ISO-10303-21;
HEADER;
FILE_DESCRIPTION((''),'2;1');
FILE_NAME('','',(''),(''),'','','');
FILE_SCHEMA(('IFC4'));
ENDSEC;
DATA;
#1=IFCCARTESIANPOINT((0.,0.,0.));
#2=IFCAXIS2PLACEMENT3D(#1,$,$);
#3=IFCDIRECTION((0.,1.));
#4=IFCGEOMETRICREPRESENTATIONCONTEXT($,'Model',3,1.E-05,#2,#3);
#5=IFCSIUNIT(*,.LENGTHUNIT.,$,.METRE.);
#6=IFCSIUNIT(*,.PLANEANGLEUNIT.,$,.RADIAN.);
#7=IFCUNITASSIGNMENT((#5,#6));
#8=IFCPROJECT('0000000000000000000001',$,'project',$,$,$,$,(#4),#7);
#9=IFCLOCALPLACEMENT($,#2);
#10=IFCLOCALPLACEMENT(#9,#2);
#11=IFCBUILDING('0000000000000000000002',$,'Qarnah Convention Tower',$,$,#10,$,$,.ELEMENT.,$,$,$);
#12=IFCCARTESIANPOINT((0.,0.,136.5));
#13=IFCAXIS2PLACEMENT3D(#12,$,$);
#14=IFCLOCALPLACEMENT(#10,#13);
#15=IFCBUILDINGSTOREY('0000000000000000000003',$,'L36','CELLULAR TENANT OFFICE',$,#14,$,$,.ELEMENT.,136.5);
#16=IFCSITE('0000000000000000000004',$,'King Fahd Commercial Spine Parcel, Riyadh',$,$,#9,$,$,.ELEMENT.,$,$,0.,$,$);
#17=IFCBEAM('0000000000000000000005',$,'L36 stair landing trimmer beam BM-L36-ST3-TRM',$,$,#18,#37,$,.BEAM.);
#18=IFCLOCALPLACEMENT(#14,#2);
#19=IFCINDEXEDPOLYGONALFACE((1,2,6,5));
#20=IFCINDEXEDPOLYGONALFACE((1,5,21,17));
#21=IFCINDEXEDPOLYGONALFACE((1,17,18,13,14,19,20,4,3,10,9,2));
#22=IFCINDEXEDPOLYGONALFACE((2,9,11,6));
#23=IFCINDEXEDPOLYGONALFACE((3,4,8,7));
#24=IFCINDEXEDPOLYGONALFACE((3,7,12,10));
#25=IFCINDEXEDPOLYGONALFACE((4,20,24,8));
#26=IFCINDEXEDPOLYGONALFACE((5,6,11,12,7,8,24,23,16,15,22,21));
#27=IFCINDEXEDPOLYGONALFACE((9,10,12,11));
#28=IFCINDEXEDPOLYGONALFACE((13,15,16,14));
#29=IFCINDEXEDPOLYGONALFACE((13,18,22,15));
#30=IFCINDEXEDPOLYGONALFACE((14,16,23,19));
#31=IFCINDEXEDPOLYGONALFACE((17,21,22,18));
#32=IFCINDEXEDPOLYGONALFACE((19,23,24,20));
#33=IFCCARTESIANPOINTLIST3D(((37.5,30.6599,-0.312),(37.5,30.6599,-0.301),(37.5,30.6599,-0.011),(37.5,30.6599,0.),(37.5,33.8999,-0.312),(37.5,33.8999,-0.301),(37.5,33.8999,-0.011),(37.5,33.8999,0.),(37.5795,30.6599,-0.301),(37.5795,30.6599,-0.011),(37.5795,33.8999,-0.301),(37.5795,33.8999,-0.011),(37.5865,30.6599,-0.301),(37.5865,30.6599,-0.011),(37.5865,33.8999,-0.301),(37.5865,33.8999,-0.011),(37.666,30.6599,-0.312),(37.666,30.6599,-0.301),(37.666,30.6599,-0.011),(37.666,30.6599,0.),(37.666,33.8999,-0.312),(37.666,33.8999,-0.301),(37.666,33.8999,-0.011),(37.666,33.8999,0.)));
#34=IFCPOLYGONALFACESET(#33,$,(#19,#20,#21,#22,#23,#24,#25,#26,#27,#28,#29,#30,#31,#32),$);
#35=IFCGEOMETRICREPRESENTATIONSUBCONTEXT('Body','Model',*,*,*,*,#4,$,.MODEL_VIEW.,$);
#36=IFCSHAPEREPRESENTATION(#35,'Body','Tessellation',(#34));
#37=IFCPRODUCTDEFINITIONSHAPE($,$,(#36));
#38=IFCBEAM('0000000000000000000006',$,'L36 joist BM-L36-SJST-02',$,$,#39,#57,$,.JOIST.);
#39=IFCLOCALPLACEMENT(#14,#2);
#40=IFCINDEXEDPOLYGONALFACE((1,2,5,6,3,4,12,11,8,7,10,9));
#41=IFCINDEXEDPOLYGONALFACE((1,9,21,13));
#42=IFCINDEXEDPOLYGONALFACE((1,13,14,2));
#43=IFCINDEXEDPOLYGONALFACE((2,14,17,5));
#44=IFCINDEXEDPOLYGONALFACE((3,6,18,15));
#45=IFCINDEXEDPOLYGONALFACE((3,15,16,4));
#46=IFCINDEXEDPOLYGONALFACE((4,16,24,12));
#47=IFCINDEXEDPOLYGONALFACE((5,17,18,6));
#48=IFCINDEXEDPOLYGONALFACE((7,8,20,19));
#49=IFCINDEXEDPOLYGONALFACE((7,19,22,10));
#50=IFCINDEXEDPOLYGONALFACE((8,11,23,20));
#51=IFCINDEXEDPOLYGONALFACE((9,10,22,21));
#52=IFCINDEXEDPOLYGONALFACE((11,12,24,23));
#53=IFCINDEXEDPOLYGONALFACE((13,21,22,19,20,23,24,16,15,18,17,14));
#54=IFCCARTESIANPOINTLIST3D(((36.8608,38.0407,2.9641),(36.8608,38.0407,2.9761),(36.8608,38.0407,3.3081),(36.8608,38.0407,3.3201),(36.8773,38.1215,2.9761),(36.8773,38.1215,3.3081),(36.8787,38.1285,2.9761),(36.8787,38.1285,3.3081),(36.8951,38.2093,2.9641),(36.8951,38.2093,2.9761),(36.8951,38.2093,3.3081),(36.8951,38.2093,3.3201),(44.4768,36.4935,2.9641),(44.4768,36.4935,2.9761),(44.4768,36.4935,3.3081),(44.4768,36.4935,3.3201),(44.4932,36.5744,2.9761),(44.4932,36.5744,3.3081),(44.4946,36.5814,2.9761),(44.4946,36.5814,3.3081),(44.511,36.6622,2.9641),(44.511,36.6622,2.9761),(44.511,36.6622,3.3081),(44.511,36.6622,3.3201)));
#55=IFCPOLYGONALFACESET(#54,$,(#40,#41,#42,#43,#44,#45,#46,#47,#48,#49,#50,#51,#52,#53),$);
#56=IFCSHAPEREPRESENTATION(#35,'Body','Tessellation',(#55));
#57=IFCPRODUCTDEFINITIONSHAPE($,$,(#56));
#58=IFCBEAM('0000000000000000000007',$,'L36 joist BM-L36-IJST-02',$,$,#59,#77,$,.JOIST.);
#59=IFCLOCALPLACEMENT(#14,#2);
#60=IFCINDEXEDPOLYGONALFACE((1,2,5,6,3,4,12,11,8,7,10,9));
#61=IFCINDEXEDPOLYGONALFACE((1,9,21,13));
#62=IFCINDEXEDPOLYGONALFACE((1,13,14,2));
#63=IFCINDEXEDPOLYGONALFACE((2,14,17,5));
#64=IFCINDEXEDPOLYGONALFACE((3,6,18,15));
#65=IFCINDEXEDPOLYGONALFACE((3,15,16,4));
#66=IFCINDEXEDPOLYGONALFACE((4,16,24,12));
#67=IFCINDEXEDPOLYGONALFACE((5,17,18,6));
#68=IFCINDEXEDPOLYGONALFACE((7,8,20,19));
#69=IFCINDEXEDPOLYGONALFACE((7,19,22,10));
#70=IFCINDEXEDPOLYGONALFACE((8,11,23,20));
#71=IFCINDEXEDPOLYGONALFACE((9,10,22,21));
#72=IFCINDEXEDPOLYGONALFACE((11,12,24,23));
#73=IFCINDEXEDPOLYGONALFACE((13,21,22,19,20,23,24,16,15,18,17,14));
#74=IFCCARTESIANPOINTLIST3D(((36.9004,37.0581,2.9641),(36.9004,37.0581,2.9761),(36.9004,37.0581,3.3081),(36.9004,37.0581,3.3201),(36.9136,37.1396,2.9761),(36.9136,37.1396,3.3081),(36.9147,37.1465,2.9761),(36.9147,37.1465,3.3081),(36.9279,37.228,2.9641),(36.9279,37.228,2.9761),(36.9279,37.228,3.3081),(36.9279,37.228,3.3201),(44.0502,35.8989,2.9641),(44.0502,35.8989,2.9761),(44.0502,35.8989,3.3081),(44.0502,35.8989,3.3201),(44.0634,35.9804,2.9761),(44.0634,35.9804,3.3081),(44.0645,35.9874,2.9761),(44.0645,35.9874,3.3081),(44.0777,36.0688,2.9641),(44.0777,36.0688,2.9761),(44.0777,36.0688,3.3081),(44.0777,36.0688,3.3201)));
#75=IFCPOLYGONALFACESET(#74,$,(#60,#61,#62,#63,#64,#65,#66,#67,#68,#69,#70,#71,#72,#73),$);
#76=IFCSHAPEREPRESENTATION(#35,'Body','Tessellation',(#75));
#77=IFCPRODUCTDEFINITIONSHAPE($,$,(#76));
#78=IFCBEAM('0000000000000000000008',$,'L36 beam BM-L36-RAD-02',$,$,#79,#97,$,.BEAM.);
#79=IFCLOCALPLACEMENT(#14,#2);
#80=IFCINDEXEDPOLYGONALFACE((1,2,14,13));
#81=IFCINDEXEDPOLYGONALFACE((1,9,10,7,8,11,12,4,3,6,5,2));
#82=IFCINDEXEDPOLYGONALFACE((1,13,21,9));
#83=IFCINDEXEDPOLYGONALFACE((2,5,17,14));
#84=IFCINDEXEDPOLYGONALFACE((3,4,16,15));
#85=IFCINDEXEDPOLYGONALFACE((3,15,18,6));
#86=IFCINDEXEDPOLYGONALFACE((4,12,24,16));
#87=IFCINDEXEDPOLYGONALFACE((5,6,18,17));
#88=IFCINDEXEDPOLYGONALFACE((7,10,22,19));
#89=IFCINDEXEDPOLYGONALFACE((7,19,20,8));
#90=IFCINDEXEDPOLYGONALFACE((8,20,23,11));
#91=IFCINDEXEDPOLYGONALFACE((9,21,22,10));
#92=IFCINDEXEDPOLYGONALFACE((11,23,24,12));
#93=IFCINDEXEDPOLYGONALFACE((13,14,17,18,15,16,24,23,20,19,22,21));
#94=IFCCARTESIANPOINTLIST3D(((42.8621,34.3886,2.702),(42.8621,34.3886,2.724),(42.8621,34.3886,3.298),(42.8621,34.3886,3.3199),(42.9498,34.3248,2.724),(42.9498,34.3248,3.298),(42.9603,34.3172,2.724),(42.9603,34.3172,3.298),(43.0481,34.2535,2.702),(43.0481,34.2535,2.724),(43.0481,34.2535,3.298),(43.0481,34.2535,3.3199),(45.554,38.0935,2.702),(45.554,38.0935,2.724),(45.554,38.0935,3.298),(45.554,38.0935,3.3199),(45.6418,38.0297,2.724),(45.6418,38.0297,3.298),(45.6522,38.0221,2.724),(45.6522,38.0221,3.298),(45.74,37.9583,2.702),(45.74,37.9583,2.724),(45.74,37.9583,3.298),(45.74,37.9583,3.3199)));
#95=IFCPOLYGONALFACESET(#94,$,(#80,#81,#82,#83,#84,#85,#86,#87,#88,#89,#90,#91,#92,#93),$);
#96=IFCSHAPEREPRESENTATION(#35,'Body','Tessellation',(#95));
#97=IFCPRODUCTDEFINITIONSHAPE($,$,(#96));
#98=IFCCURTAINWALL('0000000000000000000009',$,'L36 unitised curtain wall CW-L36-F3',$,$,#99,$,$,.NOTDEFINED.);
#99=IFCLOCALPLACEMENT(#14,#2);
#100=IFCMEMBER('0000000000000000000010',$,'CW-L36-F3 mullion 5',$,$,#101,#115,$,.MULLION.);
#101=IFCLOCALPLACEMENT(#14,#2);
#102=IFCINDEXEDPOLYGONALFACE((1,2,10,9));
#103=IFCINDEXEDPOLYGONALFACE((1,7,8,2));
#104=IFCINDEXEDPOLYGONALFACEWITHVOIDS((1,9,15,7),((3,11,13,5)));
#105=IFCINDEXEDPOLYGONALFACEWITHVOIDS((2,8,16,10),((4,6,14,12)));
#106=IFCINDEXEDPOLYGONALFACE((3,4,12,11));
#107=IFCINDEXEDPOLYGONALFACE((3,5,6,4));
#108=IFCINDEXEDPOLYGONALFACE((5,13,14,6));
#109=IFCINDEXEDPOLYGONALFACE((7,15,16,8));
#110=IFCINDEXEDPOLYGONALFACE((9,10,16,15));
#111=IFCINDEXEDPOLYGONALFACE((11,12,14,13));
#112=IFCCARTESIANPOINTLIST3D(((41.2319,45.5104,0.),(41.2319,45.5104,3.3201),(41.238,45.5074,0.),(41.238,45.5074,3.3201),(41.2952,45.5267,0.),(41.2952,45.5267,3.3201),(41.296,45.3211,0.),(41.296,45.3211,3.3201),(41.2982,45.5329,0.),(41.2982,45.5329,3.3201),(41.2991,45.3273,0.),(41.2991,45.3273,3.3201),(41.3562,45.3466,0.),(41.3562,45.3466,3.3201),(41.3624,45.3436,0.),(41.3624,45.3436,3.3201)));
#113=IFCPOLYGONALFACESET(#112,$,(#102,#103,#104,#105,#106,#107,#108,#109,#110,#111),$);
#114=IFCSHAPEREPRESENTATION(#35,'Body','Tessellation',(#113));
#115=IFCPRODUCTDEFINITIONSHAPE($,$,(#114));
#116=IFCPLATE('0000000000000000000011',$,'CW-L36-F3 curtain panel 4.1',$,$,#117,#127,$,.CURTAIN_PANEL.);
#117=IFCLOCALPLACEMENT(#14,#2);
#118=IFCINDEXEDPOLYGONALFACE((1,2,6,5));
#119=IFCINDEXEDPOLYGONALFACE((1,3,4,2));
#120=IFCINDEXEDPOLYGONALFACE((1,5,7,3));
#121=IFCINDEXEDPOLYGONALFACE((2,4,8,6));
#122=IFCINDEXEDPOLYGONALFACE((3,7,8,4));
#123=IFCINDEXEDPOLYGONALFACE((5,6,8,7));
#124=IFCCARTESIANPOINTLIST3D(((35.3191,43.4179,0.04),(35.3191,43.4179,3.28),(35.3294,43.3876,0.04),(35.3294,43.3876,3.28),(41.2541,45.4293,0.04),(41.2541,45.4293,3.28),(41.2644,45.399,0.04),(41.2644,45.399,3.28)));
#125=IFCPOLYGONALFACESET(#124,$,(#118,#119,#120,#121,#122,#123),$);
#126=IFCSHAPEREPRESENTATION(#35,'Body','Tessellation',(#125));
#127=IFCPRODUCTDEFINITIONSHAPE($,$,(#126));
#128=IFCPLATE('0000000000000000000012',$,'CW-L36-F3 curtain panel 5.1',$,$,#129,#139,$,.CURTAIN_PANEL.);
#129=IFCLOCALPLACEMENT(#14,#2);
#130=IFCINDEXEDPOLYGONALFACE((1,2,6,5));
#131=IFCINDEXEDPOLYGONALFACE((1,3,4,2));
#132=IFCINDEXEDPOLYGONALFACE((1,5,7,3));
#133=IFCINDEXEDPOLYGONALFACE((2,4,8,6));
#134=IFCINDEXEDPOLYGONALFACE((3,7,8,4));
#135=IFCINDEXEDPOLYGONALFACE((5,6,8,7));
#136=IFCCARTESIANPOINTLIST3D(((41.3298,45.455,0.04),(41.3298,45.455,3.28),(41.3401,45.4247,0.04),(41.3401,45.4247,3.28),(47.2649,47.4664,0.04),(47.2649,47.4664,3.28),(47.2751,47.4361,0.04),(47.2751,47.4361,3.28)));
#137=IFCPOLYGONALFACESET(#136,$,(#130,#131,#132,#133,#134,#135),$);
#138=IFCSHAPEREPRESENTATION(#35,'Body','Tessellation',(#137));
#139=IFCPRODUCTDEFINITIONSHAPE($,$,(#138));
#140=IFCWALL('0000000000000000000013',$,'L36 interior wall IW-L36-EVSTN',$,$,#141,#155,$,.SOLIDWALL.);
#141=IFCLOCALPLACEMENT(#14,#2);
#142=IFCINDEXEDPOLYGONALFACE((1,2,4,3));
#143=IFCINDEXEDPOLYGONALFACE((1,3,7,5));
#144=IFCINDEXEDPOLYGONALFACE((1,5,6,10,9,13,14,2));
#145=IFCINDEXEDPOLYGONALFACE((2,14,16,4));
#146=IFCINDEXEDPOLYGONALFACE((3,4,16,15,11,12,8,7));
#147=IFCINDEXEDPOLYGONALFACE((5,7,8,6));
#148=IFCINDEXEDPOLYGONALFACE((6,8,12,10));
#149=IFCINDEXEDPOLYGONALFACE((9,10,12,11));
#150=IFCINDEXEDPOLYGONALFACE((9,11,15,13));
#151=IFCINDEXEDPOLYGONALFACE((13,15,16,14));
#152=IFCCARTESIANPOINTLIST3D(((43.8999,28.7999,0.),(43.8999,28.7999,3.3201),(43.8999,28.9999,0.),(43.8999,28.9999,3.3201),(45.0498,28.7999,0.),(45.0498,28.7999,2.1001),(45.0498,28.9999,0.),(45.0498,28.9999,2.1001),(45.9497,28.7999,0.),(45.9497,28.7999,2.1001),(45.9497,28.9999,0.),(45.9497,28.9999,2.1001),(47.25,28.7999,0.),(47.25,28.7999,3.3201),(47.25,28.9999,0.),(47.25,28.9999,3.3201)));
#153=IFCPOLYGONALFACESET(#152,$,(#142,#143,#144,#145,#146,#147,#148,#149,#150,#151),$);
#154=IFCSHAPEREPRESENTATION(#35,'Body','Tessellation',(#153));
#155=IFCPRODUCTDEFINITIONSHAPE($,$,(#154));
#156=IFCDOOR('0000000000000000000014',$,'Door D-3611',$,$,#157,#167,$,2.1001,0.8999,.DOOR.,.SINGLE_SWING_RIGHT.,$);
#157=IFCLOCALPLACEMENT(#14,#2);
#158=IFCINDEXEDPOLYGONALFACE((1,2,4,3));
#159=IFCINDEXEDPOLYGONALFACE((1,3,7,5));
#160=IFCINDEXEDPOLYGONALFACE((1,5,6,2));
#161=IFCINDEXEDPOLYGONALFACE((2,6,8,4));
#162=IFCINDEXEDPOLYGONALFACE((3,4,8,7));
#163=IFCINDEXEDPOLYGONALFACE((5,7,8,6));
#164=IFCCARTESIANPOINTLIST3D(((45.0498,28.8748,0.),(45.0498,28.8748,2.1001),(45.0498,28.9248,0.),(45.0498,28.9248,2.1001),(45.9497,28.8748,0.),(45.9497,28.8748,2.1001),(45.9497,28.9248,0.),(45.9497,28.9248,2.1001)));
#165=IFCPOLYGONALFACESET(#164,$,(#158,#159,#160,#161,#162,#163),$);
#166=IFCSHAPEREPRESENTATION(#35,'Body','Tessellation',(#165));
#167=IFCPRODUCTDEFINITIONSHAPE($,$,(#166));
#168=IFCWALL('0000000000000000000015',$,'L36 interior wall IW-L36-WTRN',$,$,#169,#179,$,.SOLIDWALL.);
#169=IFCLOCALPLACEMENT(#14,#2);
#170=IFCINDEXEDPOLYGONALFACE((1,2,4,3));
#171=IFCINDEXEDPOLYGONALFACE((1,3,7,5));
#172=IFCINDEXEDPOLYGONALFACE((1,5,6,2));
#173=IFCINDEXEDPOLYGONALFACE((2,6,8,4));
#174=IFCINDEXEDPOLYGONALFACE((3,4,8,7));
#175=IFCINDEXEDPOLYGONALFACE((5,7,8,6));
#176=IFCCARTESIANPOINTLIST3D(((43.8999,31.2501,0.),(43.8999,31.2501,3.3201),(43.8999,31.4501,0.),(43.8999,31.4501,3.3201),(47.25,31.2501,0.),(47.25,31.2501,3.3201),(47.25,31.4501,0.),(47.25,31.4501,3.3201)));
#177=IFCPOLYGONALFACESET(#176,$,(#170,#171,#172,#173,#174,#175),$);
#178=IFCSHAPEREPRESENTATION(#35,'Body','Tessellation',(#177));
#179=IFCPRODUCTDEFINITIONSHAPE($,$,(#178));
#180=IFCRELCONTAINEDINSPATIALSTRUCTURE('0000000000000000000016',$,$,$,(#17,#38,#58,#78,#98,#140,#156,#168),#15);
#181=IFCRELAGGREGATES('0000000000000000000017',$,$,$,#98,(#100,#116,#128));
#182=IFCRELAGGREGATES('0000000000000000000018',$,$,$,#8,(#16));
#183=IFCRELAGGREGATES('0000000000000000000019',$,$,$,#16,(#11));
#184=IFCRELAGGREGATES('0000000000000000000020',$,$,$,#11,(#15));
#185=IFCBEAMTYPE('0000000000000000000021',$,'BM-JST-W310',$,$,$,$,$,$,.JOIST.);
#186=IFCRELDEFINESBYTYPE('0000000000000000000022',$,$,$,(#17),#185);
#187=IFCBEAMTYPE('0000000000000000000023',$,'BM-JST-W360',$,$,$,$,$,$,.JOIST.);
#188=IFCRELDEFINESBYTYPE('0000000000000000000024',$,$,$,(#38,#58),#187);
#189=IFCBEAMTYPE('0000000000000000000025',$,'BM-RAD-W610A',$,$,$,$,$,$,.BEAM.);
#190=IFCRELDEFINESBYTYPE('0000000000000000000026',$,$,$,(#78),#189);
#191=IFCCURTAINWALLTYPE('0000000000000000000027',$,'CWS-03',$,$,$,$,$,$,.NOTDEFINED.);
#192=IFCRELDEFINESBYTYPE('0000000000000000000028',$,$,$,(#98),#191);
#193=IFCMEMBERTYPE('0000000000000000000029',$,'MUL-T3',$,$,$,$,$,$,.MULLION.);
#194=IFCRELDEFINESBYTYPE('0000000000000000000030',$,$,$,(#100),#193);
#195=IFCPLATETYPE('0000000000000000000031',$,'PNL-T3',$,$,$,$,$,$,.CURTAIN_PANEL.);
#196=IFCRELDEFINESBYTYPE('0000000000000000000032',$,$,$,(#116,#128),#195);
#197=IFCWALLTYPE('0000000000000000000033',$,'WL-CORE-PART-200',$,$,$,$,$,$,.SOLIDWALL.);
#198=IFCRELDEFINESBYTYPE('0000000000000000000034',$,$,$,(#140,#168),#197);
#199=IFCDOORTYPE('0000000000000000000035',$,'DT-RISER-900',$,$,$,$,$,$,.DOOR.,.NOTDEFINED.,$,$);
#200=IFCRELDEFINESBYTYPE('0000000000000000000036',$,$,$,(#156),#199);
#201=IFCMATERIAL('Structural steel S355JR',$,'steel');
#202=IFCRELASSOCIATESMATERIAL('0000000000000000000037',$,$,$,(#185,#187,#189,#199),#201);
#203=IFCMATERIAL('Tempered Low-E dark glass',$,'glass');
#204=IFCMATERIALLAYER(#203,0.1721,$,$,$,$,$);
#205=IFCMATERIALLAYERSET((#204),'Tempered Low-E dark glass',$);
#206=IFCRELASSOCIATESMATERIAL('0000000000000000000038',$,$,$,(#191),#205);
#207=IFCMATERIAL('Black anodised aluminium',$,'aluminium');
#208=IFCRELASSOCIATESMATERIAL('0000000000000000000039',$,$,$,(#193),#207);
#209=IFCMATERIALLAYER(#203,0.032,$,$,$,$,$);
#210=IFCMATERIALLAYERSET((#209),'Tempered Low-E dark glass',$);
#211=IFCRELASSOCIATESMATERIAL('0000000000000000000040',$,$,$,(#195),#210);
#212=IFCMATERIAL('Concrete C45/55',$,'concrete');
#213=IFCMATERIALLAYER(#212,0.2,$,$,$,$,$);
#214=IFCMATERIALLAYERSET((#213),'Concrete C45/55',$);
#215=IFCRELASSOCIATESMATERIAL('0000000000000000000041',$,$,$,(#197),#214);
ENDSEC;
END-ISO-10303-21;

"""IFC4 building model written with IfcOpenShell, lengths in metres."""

from ifc_helpers import new_model, si_unit, direction, frame, frame_2d, origin, origin_2d, place, context, subcontext, project, spatial, rectangle, hollow_rectangle, i_section, extrude, material, layer, layer_set, material_profile, profile_set, type_object, element, fill, aggregate, save


model = new_model("IFC4")

# Units and contexts
model_context = context("Model", 3, precision=1e-05, world=origin(), true_north=direction((0.0, 1.0)))
body_context = subcontext(model_context, "Body", "Model", "MODEL_VIEW")
ifc_project = project(units=[si_unit("LENGTHUNIT", "METRE"), si_unit("PLANEANGLEUNIT", "RADIAN")], contexts=[model_context])

# Site, building, storey
site_placement = place(None, origin())
site = spatial("IfcSite", under=ifc_project, at=site_placement, Name="King Fahd Commercial Spine Parcel, Riyadh", CompositionType="ELEMENT", RefElevation=0.0)
building_placement = place(site_placement, origin())
building = spatial("IfcBuilding", under=site, at=building_placement, Name="Qarnah Convention Tower", CompositionType="ELEMENT")
storey_placement = place(building_placement, frame((0.0, 0.0, 136.5)))
storey = spatial("IfcBuildingStorey", under=building, at=storey_placement, Name="L36", Description="CELLULAR TENANT OFFICE", CompositionType="ELEMENT", Elevation=136.5)

# Beams
ifc_material_1 = material(Name="Structural steel S355JR", Category="steel")
ifc_material_profile_1 = material_profile(ifc_material_1, i_section(OverallWidth=0.166, OverallDepth=0.312, WebThickness=0.0071, FlangeThickness=0.011, at=origin_2d()), Name="W310X45")
ifc_profile_set_1 = profile_set([ifc_material_profile_1], Name="Structural steel S355JR")
beam_type_1 = type_object("IfcBeamType", Name="BM-JST-W310", PredefinedType="JOIST", material=ifc_profile_set_1)
beam_1_placement = place(storey_placement, frame((37.583, 30.6599, -0.156), z_axis=(0.0, 1.0, 0.0), x_axis=(-1.0, 0.0, 0.0)))
element("IfcBeam", 1, at=beam_1_placement, inside=storey, type_object=beam_type_1, Name="L36 stair landing trimmer beam BM-L36-ST3-TRM", PredefinedType="BEAM", context=body_context, shape_type="SweptSolid", body=[
    extrude(i_section(OverallWidth=0.166, OverallDepth=0.312, WebThickness=0.0071, FlangeThickness=0.011, at=origin_2d()), origin(), (0.0, 0.0, 1.0), 3.24),
])
ifc_material_profile_2 = material_profile(ifc_material_1, i_section(OverallWidth=0.1721, OverallDepth=0.356, WebThickness=0.0071, FlangeThickness=0.012, at=origin_2d()), Name="W360X51")
ifc_profile_set_2 = profile_set([ifc_material_profile_2], Name="Structural steel S355JR")
beam_type_2 = type_object("IfcBeamType", Name="BM-JST-W360", PredefinedType="JOIST", material=ifc_profile_set_2)
beam_2_placement = place(storey_placement, frame((44.4939, 36.5779, 3.1421), z_axis=(-0.979984, 0.199075, 0.0), x_axis=(-0.199075, -0.979984, 0.0)))
element("IfcBeam", 2, at=beam_2_placement, inside=storey, type_object=beam_type_2, Name="L36 joist BM-L36-SJST-02", PredefinedType="JOIST", context=body_context, shape_type="SweptSolid", body=[
    extrude(i_section(OverallWidth=0.1721, OverallDepth=0.356, WebThickness=0.0071, FlangeThickness=0.012, at=origin_2d()), origin(), (0.0, 0.0, 1.0), 7.7715),
])
beam_3_placement = place(storey_placement, frame((44.064, 35.9839, 3.1421), z_axis=(-0.987111, 0.160036, 0.0), x_axis=(-0.160036, -0.987111, 0.0)))
element("IfcBeam", 3, at=beam_3_placement, inside=storey, type_object=beam_type_2, Name="L36 joist BM-L36-IJST-02", PredefinedType="JOIST", context=body_context, shape_type="SweptSolid", body=[
    extrude(i_section(OverallWidth=0.1721, OverallDepth=0.356, WebThickness=0.0071, FlangeThickness=0.012, at=origin_2d()), origin(), (0.0, 0.0, 1.0), 7.2432),
])
ifc_material_profile_3 = material_profile(ifc_material_1, i_section(OverallWidth=0.23, OverallDepth=0.6179, WebThickness=0.0129, FlangeThickness=0.022, at=origin_2d()), Name="W610X140")
ifc_profile_set_3 = profile_set([ifc_material_profile_3], Name="Structural steel S355JR")
beam_type_3 = type_object("IfcBeamType", Name="BM-RAD-W610A", PredefinedType="BEAM", material=ifc_profile_set_3)
beam_4_placement = place(storey_placement, frame((42.9551, 34.321, 3.011), z_axis=(0.58781, 0.808999, 0.0), x_axis=(-0.808999, 0.58781, 0.0)))
element("IfcBeam", 4, at=beam_4_placement, inside=storey, type_object=beam_type_3, Name="L36 beam BM-L36-RAD-02", PredefinedType="BEAM", context=body_context, shape_type="SweptSolid", body=[
    extrude(i_section(OverallWidth=0.23, OverallDepth=0.6179, WebThickness=0.0129, FlangeThickness=0.022, at=origin_2d()), origin(), (0.0, 0.0, 1.0), 4.5796),
])

# Curtain wall, member, plates
ifc_material_2 = material(Name="Tempered Low-E dark glass", Category="glass")
ifc_layer_1 = layer(ifc_material_2, 0.1721)
ifc_layer_set_1 = layer_set([ifc_layer_1], Name="Tempered Low-E dark glass")
curtain_wall_type = type_object("IfcCurtainWallType", Name="CWS-03", PredefinedType="NOTDEFINED", material=ifc_layer_set_1)
curtain_wall_placement = place(storey_placement, origin())
curtain_wall = element("IfcCurtainWall", 5, at=curtain_wall_placement, inside=storey, type_object=curtain_wall_type, Name="L36 unitised curtain wall CW-L36-F3", PredefinedType="NOTDEFINED")
ifc_material_3 = material(Name="Black anodised aluminium", Category="aluminium")
ifc_material_profile_4 = material_profile(ifc_material_3, hollow_rectangle(XDim=0.0701, YDim=0.2, WallThickness=0.0049, at=origin_2d()), Name="MUL-70X200")
ifc_profile_set_4 = profile_set([ifc_material_profile_4], Name="Black anodised aluminium")
member_type = type_object("IfcMemberType", Name="MUL-T3", PredefinedType="MULLION", material=ifc_profile_set_4)
member_placement = place(storey_placement, frame((41.2971, 45.427, 0.0), z_axis=(0.0, 0.0, 1.0), x_axis=(0.947093, 0.32096, 0.0)))
member = element("IfcMember", 6, at=member_placement, type_object=member_type, Name="CW-L36-F3 mullion 5", PredefinedType="MULLION", context=body_context, shape_type="SweptSolid", body=[
    extrude(hollow_rectangle(XDim=0.0701, YDim=0.2, WallThickness=0.0049, at=origin_2d()), origin(), (0.0, 0.0, 1.0), 3.3201),
])
ifc_layer_2 = layer(ifc_material_2, 0.032)
ifc_layer_set_2 = layer_set([ifc_layer_2], Name="Tempered Low-E dark glass")
plate_type = type_object("IfcPlateType", Name="PNL-T3", PredefinedType="CURTAIN_PANEL", material=ifc_layer_set_2)
plate_1_placement = place(storey_placement, frame((38.2917, 44.4084, 0.04), z_axis=(0.0, 0.0, 1.0), x_axis=(0.947093, 0.32096, 0.0)))
plate_1 = element("IfcPlate", 7, at=plate_1_placement, type_object=plate_type, Name="CW-L36-F3 curtain panel 4.1", PredefinedType="CURTAIN_PANEL", context=body_context, shape_type="SweptSolid", body=[
    extrude(rectangle(XDim=6.2666, YDim=0.032, at=origin_2d()), origin(), (0.0, 0.0, 1.0), 3.24),
])
plate_2_placement = place(storey_placement, frame((44.3025, 46.4456, 0.04), z_axis=(0.0, 0.0, 1.0), x_axis=(0.947093, 0.32096, 0.0)))
plate_2 = element("IfcPlate", 8, at=plate_2_placement, type_object=plate_type, Name="CW-L36-F3 curtain panel 5.1", PredefinedType="CURTAIN_PANEL", context=body_context, shape_type="SweptSolid", body=[
    extrude(rectangle(XDim=6.2666, YDim=0.032, at=origin_2d()), origin(), (0.0, 0.0, 1.0), 3.24),
])
aggregate(curtain_wall, [member, plate_1, plate_2])

# Wall, opening, door
ifc_material_4 = material(Name="Concrete C45/55", Category="concrete")
ifc_layer_3 = layer(ifc_material_4, 0.2)
ifc_layer_set_3 = layer_set([ifc_layer_3], Name="Concrete C45/55")
wall_type_1 = type_object("IfcWallType", Name="WL-CORE-PART-200", PredefinedType="SOLIDWALL", material=ifc_layer_set_3)
wall_1_placement = place(storey_placement, frame((43.8999, 28.8999, 0.0), z_axis=(0.0, 0.0, 1.0), x_axis=(1.0, 0.0, 0.0)))
wall_1 = element("IfcWall", 9, at=wall_1_placement, inside=storey, type_object=wall_type_1, Name="L36 interior wall IW-L36-EVSTN", PredefinedType="SOLIDWALL", context=body_context, shape_type="SweptSolid", body=[
    extrude(rectangle(XDim=3.3501, YDim=0.2, at=frame_2d((1.675, 0.0))), origin(), (0.0, 0.0, 1.0), 3.3201),
])
opening_1_placement = place(wall_1_placement, frame((1.1499, 0.0, 0.0)))
opening_1 = element("IfcOpeningElement", 10, at=opening_1_placement, cuts=wall_1, PredefinedType="OPENING", context=body_context, shape_type="SweptSolid", body=[
    extrude(rectangle(XDim=0.8999, YDim=2.1001, at=frame_2d((0.45, 1.05))), frame((0.0, 0.1099, 0.0), z_axis=(0.0, -1.0, 0.0), x_axis=(1.0, 0.0, 0.0)), (0.0, 0.0, 1.0), 0.22),
])
door_type_1 = type_object("IfcDoorType", Name="DT-RISER-900", OperationType="NOTDEFINED", PredefinedType="DOOR", material=ifc_material_1)
door_1_placement = place(opening_1_placement, origin())
door_1 = element("IfcDoor", 11, at=door_1_placement, inside=storey, type_object=door_type_1, Name="Door D-3611", OperationType="SINGLE_SWING_RIGHT", OverallHeight=2.1001, OverallWidth=0.8999, PredefinedType="DOOR", context=body_context, shape_type="SweptSolid", body=[
    extrude(rectangle(XDim=0.8999, YDim=2.1001, at=frame_2d((0.45, 1.05))), frame((0.0, 0.0249, 0.0), z_axis=(0.0, -1.0, 0.0), x_axis=(1.0, 0.0, 0.0)), (0.0, 0.0, 1.0), 0.05),
])
fill(opening_1, door_1)

# Wall
wall_2_placement = place(storey_placement, frame((43.8999, 31.3501, 0.0), z_axis=(0.0, 0.0, 1.0), x_axis=(1.0, 0.0, 0.0)))
element("IfcWall", 12, at=wall_2_placement, inside=storey, type_object=wall_type_1, Name="L36 interior wall IW-L36-WTRN", PredefinedType="SOLIDWALL", context=body_context, shape_type="SweptSolid", body=[
    extrude(rectangle(XDim=3.3501, YDim=0.2, at=frame_2d((1.675, 0.0))), origin(), (0.0, 0.0, 1.0), 3.3201),
])

save(model, "model.ifc")
